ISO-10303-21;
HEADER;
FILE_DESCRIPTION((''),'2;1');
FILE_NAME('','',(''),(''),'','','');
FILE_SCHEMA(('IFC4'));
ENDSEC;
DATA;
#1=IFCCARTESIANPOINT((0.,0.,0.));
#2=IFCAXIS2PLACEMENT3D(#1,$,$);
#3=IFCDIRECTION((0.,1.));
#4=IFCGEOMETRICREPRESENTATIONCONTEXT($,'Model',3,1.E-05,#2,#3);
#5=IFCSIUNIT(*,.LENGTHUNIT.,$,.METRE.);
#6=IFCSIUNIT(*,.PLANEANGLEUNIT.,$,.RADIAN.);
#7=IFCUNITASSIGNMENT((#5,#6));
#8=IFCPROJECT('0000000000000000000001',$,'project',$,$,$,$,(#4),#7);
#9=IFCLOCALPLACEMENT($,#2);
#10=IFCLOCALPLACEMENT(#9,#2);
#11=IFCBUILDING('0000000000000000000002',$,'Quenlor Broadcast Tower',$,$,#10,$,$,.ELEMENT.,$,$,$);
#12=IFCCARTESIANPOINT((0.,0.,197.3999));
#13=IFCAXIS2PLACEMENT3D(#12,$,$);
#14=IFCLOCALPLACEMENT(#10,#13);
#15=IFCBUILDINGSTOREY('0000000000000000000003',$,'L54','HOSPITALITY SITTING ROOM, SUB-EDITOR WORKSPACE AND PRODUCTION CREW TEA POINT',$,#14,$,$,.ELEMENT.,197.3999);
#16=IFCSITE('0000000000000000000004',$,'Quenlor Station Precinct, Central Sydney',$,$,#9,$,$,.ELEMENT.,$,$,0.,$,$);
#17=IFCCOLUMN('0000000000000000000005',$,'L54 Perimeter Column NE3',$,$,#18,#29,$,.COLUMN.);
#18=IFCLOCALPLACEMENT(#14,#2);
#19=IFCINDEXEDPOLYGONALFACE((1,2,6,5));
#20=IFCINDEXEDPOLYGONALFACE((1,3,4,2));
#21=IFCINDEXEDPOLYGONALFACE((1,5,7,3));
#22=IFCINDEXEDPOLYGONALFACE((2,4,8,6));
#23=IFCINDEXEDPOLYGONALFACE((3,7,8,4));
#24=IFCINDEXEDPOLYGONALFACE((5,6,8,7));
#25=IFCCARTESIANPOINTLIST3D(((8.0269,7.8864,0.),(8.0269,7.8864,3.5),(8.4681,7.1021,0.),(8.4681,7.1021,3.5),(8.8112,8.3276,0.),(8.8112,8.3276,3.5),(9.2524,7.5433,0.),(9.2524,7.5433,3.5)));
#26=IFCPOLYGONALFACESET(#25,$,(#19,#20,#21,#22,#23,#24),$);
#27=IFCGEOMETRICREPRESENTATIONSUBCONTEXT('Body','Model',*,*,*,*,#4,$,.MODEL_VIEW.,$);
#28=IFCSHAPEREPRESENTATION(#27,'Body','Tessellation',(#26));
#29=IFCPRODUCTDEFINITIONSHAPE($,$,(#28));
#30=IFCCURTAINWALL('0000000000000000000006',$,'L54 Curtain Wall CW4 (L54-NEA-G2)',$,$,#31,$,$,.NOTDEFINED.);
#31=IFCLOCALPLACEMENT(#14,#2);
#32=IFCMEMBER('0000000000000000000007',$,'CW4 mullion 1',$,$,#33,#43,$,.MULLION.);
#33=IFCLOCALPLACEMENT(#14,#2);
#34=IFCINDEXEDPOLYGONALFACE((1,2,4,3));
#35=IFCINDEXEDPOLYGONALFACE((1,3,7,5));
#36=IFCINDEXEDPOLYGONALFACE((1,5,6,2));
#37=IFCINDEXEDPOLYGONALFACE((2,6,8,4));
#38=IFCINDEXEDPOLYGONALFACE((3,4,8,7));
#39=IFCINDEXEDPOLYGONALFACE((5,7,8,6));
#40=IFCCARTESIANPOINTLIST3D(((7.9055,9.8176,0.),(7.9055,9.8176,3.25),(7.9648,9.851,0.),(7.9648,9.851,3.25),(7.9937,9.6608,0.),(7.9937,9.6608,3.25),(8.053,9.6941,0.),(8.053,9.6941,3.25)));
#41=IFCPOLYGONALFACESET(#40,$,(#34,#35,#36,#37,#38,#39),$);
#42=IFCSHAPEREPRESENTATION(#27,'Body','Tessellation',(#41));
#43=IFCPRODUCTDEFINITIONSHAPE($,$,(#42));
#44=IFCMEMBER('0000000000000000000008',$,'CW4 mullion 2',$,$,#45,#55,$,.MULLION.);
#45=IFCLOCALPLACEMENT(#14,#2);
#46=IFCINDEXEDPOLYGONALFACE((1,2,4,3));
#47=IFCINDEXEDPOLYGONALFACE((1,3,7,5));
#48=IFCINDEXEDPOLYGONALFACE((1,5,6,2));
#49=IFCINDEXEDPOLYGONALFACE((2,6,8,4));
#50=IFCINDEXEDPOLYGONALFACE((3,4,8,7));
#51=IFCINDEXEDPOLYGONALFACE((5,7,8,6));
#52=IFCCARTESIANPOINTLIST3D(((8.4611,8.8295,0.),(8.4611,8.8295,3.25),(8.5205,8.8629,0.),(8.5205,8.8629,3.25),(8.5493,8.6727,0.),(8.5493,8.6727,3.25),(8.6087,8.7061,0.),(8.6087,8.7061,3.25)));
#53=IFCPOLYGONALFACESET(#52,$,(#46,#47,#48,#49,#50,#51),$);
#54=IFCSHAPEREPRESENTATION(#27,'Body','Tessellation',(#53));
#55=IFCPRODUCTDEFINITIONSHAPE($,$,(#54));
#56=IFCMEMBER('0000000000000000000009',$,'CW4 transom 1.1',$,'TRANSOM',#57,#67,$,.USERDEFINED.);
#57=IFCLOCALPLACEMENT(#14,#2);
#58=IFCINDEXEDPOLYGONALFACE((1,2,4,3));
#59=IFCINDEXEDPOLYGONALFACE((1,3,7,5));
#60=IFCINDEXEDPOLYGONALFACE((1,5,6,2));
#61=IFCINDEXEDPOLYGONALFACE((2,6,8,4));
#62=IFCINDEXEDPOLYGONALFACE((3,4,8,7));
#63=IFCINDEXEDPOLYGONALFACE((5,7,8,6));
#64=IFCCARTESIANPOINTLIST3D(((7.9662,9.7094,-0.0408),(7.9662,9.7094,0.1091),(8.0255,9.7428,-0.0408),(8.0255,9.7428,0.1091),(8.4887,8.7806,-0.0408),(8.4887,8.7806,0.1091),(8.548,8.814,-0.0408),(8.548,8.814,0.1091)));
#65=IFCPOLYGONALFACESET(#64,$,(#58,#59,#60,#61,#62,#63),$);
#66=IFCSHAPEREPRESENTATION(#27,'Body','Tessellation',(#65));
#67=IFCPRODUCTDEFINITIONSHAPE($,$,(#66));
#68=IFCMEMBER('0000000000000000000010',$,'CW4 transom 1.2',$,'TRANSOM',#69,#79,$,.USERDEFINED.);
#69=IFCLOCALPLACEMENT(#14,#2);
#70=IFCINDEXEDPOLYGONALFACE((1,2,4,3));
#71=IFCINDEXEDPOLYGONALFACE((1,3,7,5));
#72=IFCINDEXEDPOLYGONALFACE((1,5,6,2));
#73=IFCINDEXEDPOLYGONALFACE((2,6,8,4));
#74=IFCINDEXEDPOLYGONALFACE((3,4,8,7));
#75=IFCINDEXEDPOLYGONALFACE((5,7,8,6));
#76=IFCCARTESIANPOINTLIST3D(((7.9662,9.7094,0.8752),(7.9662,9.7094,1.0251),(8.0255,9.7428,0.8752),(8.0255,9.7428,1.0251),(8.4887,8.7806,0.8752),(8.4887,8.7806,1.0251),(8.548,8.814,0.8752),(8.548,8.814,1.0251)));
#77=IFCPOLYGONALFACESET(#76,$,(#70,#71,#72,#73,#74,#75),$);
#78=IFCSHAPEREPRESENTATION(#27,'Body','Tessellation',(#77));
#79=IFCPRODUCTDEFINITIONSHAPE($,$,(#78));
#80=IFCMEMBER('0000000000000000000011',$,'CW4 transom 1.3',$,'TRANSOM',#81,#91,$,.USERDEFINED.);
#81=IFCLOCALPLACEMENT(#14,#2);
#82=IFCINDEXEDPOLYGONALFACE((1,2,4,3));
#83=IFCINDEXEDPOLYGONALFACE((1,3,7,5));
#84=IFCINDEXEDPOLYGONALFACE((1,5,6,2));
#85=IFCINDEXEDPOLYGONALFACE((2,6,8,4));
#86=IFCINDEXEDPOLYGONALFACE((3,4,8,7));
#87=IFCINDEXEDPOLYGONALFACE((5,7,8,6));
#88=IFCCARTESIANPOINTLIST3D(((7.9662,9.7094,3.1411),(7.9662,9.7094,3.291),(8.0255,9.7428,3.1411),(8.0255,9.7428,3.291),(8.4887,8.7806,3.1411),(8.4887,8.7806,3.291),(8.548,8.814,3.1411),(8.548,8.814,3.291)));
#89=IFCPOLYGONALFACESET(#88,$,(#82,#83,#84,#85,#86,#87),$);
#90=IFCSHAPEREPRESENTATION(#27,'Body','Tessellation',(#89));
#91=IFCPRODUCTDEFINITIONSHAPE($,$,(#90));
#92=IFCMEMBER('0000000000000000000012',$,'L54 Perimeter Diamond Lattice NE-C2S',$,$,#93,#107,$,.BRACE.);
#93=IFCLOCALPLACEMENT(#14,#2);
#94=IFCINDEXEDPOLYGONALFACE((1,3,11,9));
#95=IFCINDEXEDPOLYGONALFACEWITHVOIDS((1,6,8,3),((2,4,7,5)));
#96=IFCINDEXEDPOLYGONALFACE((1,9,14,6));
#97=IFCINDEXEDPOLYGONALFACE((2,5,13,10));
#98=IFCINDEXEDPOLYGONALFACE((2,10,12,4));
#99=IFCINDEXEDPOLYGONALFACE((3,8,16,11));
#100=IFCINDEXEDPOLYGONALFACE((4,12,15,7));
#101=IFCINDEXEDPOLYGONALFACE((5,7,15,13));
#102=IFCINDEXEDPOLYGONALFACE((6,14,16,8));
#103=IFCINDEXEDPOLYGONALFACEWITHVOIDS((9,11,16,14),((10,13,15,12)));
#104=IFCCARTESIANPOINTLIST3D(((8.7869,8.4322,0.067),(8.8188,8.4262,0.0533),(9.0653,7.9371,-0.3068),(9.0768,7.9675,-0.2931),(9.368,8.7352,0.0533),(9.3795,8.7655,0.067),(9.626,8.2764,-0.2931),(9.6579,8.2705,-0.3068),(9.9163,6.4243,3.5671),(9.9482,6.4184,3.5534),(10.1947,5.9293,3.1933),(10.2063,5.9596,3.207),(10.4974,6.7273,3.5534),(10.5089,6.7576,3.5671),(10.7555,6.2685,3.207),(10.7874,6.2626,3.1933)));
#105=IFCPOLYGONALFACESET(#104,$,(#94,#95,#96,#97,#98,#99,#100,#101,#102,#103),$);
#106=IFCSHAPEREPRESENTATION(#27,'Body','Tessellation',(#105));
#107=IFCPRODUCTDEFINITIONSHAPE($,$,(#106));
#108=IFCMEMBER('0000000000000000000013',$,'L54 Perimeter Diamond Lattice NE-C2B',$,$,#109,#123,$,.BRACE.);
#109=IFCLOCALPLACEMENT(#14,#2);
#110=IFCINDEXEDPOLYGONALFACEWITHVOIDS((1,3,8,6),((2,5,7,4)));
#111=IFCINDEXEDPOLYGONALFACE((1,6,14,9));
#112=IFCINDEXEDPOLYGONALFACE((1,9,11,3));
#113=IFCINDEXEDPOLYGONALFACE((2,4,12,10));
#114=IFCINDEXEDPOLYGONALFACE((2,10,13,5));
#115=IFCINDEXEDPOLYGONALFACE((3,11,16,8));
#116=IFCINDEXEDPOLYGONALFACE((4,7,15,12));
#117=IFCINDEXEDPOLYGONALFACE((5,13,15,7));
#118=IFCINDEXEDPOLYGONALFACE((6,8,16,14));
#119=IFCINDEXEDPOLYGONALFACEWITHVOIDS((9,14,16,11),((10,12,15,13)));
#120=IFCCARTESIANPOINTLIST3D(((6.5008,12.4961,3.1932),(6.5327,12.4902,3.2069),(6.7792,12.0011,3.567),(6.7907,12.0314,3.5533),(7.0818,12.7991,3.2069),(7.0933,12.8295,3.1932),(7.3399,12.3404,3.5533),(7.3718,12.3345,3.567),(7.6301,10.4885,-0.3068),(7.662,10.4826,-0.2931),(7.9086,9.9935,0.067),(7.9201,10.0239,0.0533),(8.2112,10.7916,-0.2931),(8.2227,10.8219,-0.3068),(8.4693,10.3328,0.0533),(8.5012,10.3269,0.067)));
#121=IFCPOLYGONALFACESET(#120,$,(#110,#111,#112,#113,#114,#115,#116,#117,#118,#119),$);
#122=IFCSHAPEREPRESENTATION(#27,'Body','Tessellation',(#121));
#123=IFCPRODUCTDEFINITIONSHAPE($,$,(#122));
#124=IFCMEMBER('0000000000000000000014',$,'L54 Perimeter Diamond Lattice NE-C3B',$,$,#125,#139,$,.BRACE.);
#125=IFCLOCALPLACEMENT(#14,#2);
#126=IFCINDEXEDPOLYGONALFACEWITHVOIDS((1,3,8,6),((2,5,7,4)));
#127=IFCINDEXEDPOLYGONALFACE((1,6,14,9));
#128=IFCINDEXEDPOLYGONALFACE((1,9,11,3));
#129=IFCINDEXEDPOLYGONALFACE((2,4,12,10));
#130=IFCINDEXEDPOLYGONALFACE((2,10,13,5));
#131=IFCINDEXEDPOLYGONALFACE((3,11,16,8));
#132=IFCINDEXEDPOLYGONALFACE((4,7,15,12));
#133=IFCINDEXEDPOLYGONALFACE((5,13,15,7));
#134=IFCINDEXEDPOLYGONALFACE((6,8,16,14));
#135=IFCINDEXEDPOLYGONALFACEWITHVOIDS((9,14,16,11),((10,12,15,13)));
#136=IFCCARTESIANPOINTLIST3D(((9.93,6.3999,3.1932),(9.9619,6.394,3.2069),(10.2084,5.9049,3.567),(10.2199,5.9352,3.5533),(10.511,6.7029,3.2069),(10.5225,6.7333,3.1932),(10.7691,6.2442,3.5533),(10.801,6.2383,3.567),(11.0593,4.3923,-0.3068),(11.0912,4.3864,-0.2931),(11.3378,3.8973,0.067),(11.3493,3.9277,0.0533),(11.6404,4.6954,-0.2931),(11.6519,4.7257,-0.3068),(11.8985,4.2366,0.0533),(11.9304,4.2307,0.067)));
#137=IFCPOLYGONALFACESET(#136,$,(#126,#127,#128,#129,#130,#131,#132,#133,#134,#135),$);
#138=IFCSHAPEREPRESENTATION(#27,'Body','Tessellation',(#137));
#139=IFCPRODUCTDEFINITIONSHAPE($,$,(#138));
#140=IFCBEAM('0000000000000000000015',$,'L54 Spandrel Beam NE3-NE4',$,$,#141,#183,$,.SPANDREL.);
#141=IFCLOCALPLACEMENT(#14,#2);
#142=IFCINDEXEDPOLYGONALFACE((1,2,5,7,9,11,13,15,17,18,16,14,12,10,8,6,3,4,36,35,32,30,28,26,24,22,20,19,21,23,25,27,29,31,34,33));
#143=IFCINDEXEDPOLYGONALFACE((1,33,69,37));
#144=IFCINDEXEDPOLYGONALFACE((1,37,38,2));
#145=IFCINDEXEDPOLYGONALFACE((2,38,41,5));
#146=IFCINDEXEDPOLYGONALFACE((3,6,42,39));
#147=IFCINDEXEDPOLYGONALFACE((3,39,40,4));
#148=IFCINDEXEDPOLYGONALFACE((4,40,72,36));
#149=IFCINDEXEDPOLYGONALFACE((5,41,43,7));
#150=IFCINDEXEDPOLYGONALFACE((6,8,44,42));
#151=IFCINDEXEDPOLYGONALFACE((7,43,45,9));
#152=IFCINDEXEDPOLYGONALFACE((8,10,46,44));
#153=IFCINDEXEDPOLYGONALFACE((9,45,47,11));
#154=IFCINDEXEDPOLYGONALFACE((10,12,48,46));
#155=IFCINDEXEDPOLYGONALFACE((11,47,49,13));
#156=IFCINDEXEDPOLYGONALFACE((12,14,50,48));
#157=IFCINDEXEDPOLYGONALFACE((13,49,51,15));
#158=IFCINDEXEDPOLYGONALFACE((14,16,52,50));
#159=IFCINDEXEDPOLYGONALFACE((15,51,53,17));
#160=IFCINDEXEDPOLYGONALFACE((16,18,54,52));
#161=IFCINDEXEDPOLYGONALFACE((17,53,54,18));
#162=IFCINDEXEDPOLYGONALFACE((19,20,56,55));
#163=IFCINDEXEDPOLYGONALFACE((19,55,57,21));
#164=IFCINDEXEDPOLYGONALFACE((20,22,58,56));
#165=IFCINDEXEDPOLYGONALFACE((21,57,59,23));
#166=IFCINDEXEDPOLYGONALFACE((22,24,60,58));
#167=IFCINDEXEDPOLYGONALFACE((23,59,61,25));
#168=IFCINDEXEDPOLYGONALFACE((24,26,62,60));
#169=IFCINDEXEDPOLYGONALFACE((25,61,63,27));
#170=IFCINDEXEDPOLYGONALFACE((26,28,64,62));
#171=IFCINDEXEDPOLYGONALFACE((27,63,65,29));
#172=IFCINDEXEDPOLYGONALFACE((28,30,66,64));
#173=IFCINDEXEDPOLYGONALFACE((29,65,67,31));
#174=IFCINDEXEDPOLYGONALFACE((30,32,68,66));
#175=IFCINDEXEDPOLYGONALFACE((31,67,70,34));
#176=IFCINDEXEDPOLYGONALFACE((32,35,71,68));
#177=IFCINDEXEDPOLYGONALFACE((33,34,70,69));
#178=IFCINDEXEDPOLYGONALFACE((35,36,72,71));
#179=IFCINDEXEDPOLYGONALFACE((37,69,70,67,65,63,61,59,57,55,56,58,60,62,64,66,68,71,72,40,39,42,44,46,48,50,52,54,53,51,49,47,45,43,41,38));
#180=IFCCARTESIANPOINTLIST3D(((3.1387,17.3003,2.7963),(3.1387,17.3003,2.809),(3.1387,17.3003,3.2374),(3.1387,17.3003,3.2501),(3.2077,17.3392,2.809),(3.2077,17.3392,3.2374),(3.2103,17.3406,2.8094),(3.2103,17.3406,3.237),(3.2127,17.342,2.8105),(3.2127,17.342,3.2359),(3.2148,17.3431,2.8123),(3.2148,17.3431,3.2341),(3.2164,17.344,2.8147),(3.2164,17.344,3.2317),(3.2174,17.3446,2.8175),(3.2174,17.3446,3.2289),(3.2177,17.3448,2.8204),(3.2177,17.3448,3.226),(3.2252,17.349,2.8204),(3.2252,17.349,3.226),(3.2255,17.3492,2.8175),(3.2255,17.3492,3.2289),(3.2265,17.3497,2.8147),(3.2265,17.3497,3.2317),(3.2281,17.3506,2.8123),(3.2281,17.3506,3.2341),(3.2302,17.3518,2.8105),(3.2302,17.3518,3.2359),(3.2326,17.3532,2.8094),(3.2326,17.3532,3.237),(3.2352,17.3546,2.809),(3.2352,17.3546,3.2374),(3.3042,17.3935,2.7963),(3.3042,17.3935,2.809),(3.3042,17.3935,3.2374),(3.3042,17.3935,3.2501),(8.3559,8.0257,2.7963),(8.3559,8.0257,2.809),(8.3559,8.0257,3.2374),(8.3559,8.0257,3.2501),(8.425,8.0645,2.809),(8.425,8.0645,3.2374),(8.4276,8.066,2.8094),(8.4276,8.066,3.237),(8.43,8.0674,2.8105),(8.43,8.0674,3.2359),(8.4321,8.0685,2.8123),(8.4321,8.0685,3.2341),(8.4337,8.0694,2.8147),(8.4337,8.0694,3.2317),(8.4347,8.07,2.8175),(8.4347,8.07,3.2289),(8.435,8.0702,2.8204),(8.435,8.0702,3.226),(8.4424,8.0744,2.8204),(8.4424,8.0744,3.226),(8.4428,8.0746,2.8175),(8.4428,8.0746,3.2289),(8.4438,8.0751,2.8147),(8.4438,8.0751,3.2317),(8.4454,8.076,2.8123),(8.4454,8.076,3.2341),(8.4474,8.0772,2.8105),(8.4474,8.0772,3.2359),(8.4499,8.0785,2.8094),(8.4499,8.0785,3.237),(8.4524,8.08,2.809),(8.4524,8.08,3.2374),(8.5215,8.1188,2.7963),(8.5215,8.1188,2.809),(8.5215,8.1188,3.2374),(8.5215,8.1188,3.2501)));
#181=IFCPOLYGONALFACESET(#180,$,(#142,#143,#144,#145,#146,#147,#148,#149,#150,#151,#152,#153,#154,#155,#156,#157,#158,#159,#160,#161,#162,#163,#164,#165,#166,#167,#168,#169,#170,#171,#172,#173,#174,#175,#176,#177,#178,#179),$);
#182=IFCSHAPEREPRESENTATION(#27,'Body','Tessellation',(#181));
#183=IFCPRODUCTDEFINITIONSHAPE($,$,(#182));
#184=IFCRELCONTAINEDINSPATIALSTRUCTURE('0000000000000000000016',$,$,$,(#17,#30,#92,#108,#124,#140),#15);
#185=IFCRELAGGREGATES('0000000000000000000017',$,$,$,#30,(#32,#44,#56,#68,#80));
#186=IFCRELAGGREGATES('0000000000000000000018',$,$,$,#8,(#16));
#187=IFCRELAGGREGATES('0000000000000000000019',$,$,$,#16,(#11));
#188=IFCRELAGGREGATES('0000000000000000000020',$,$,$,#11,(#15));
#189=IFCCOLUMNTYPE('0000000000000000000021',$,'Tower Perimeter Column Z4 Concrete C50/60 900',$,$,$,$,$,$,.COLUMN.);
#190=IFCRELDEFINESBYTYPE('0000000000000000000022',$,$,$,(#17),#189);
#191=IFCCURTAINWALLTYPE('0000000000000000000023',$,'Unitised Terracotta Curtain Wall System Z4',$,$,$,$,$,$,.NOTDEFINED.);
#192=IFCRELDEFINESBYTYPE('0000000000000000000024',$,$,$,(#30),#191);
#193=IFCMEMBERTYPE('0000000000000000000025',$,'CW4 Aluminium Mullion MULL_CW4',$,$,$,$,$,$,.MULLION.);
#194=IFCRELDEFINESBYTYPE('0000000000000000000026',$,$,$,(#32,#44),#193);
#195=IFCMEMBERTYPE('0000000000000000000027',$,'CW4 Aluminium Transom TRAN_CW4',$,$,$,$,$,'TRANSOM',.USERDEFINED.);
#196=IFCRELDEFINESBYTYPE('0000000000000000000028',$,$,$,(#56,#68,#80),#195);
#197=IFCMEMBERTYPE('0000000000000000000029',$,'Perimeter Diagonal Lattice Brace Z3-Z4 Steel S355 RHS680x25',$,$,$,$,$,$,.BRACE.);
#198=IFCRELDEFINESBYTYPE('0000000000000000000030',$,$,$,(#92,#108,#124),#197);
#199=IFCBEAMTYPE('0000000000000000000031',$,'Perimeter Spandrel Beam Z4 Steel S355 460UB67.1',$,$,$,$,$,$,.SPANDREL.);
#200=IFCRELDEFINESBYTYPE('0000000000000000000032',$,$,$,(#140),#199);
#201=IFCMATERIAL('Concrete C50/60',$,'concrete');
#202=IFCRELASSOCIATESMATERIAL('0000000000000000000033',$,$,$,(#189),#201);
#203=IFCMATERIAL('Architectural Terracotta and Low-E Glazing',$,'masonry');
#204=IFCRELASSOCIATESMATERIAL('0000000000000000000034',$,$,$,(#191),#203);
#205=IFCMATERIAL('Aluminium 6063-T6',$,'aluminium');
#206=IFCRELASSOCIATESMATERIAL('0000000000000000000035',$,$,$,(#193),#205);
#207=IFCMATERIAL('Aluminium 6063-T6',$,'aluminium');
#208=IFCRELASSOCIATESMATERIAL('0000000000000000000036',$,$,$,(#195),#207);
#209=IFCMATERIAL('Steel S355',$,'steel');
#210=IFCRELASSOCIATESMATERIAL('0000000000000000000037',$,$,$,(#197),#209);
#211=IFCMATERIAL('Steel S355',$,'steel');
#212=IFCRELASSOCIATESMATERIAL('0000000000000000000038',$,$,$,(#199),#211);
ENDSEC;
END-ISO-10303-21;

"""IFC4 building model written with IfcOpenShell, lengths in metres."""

from ifc_helpers import new_model, si_unit, direction, frame, origin, origin_2d, place, context, subcontext, project, spatial, rectangle, hollow_rectangle, i_section, extrude, material, material_profile, profile_set, type_object, element, aggregate, save


model = new_model("IFC4")

# Units and contexts
model_context = context("Model", 3, precision=1e-05, world=origin(), true_north=direction((0.0, 1.0)))
body_context = subcontext(model_context, "Body", "Model", "MODEL_VIEW")
ifc_project = project(units=[si_unit("LENGTHUNIT", "METRE"), si_unit("PLANEANGLEUNIT", "RADIAN")], contexts=[model_context])

# Site, building, storey
site_placement = place(None, origin())
site = spatial("IfcSite", under=ifc_project, at=site_placement, Name="Quenlor Station Precinct, Central Sydney", CompositionType="ELEMENT", RefElevation=0.0)
building_placement = place(site_placement, origin())
building = spatial("IfcBuilding", under=site, at=building_placement, Name="Quenlor Broadcast Tower", CompositionType="ELEMENT")
storey_placement = place(building_placement, frame((0.0, 0.0, 197.3999)))
storey = spatial("IfcBuildingStorey", under=building, at=storey_placement, Name="L54", Description="HOSPITALITY SITTING ROOM, SUB-EDITOR WORKSPACE AND PRODUCTION CREW TEA POINT", CompositionType="ELEMENT", Elevation=197.3999)

# Column
ifc_material_1 = material(Name="Concrete C50/60", Category="concrete")
ifc_material_profile_1 = material_profile(ifc_material_1, rectangle(XDim=0.8999, YDim=0.8999, at=origin_2d()))
ifc_profile_set_1 = profile_set([ifc_material_profile_1], Name="Concrete C50/60 RC900x900")
column_type = type_object("IfcColumnType", Name="Tower Perimeter Column Z4 Concrete C50/60 900", PredefinedType="COLUMN", material=ifc_profile_set_1)
column_placement = place(storey_placement, frame((8.6396, 7.7148, 0.0), z_axis=(0.0, 0.0, 1.0), x_axis=(0.871575, 0.490262, 0.0)))
element("IfcColumn", 1, at=column_placement, inside=storey, type_object=column_type, Name="L54 Perimeter Column NE3", PredefinedType="COLUMN", context=body_context, shape_type="SweptSolid", body=[
    extrude(rectangle(XDim=0.8999, YDim=0.8999, at=origin_2d()), origin(), (0.0, 0.0, 1.0), 3.5),
])

# Curtain wall, members
ifc_material_2 = material(Name="Architectural Terracotta and Low-E Glazing", Category="masonry")
curtain_wall_type = type_object("IfcCurtainWallType", Name="Unitised Terracotta Curtain Wall System Z4", PredefinedType="NOTDEFINED", material=ifc_material_2)
curtain_wall_placement = place(storey_placement, origin())
curtain_wall = element("IfcCurtainWall", 2, at=curtain_wall_placement, inside=storey, type_object=curtain_wall_type, Name="L54 Curtain Wall CW4 (L54-NEA-G2)", PredefinedType="NOTDEFINED")
ifc_material_3 = material(Name="Aluminium 6063-T6", Category="aluminium")
ifc_material_profile_2 = material_profile(ifc_material_3, rectangle(XDim=0.0681, YDim=0.1799, at=origin_2d()))
ifc_profile_set_2 = profile_set([ifc_material_profile_2], Name="Aluminium 6063-T6 MULL68x180")
member_type_1 = type_object("IfcMemberType", Name="CW4 Aluminium Mullion MULL_CW4", PredefinedType="MULLION", material=ifc_profile_set_2)
member_1_placement = place(storey_placement, frame((7.9792, 9.7559, 0.0), z_axis=(0.0, 0.0, 1.0), x_axis=(0.871558, 0.490293, 0.0)))
member_1 = element("IfcMember", 3, at=member_1_placement, type_object=member_type_1, Name="CW4 mullion 1", PredefinedType="MULLION", context=body_context, shape_type="SweptSolid", body=[
    extrude(rectangle(XDim=0.0681, YDim=0.1799, at=origin_2d()), origin(), (0.0, 0.0, 1.0), 3.25),
])
member_2_placement = place(storey_placement, frame((8.5349, 8.7678, 0.0), z_axis=(0.0, 0.0, 1.0), x_axis=(0.871558, 0.490293, 0.0)))
member_2 = element("IfcMember", 4, at=member_2_placement, type_object=member_type_1, Name="CW4 mullion 2", PredefinedType="MULLION", context=body_context, shape_type="SweptSolid", body=[
    extrude(rectangle(XDim=0.0681, YDim=0.1799, at=origin_2d()), origin(), (0.0, 0.0, 1.0), 3.25),
])
ifc_material_4 = material(Name="Aluminium 6063-T6", Category="aluminium")
ifc_material_profile_3 = material_profile(ifc_material_4, rectangle(XDim=0.0681, YDim=0.1499, at=origin_2d()))
ifc_profile_set_3 = profile_set([ifc_material_profile_3], Name="Aluminium 6063-T6 TRAN68x150")
member_type_2 = type_object("IfcMemberType", Name="CW4 Aluminium Transom TRAN_CW4", ElementType="TRANSOM", PredefinedType="USERDEFINED", material=ifc_profile_set_3)
member_3_placement = place(storey_placement, frame((7.9958, 9.7261, 0.0342), z_axis=(0.490305, -0.871551, 0.0), x_axis=(0.871551, 0.490305, 0.0)))
member_3 = element("IfcMember", 5, at=member_3_placement, type_object=member_type_2, Name="CW4 transom 1.1", ObjectType="TRANSOM", PredefinedType="USERDEFINED", context=body_context, shape_type="SweptSolid", body=[
    extrude(rectangle(XDim=0.0681, YDim=0.1499, at=origin_2d()), origin(), (0.0, 0.0, 1.0), 1.0657),
])
member_4_placement = place(storey_placement, frame((7.9958, 9.7261, 0.9502), z_axis=(0.490305, -0.871551, 0.0), x_axis=(0.871551, 0.490305, 0.0)))
member_4 = element("IfcMember", 6, at=member_4_placement, type_object=member_type_2, Name="CW4 transom 1.2", ObjectType="TRANSOM", PredefinedType="USERDEFINED", context=body_context, shape_type="SweptSolid", body=[
    extrude(rectangle(XDim=0.0681, YDim=0.1499, at=origin_2d()), origin(), (0.0, 0.0, 1.0), 1.0657),
])
member_5_placement = place(storey_placement, frame((7.9958, 9.7261, 3.2161), z_axis=(0.490305, -0.871551, 0.0), x_axis=(0.871551, 0.490305, 0.0)))
member_5 = element("IfcMember", 7, at=member_5_placement, type_object=member_type_2, Name="CW4 transom 1.3", ObjectType="TRANSOM", PredefinedType="USERDEFINED", context=body_context, shape_type="SweptSolid", body=[
    extrude(rectangle(XDim=0.0681, YDim=0.1499, at=origin_2d()), origin(), (0.0, 0.0, 1.0), 1.0657),
])

# Members
ifc_material_5 = material(Name="Steel S355", Category="steel")
ifc_material_profile_4 = material_profile(ifc_material_5, hollow_rectangle(XDim=0.6799, YDim=0.6799, WallThickness=0.0249, at=origin_2d()))
ifc_profile_set_4 = profile_set([ifc_material_profile_4], Name="Steel S355 RHS680x680x25")
member_type_3 = type_object("IfcMemberType", Name="Perimeter Diagonal Lattice Brace Z3-Z4 Steel S355 RHS680x25", PredefinedType="BRACE", material=ifc_profile_set_4)
member_6_placement = place(storey_placement, frame((9.2224, 8.3513, -0.1199), z_axis=(0.26954, -0.479181, 0.835305), x_axis=(0.871576, 0.490261, 0.0)))
element("IfcMember", 8, at=member_6_placement, inside=storey, type_object=member_type_3, Name="L54 Perimeter Diamond Lattice NE-C2S", PredefinedType="BRACE", context=body_context, shape_type="SweptSolid", body=[
    extrude(hollow_rectangle(XDim=0.6799, YDim=0.6799, WallThickness=0.0249, at=origin_2d()), origin(), (0.0, 0.0, 1.0), 4.1902),
])
for number, where, z_axis, x_axis, name in (
    (9, (8.0657, 10.4077, -0.1199), (-0.269547, 0.479136, 0.835328), (-0.87155, -0.490307, 0.0), "L54 Perimeter Diamond Lattice NE-C2B"),
    (10, (11.4949, 4.3115, -0.1199), (-0.269547, 0.479136, 0.835328), (-0.87155, -0.490307, 0.0), "L54 Perimeter Diamond Lattice NE-C3B"),
):
    element("IfcMember", number, at=place(storey_placement, frame(where, z_axis=z_axis, x_axis=x_axis)), inside=storey, type_object=member_type_3, Name=name, PredefinedType="BRACE", context=body_context, shape_type="SweptSolid", body=[
        extrude(hollow_rectangle(XDim=0.6799, YDim=0.6799, WallThickness=0.0249, at=origin_2d()), origin(), (0.0, 0.0, 1.0), 4.1899),
    ])

# Beam
ifc_material_6 = material(Name="Steel S355", Category="steel")
ifc_material_profile_5 = material_profile(ifc_material_6, i_section(OverallWidth=0.1899, OverallDepth=0.4539, WebThickness=0.0085, FlangeThickness=0.0127, FilletRadius=0.0115, at=origin_2d()))
ifc_profile_set_5 = profile_set([ifc_material_profile_5], Name="Steel S355 460UB67.1")
beam_type_1 = type_object("IfcBeamType", Name="Perimeter Spandrel Beam Z4 Steel S355 460UB67.1", PredefinedType="SPANDREL", material=ifc_profile_set_5)
beam_1_placement = place(storey_placement, frame((8.4387, 8.0723, 3.0232), z_axis=(-0.490282, 0.871564, 0.0), x_axis=(-0.871564, -0.490282, 0.0)))
element("IfcBeam", 11, at=beam_1_placement, inside=storey, type_object=beam_type_1, Name="L54 Spandrel Beam NE3-NE4", PredefinedType="SPANDREL", context=body_context, shape_type="SweptSolid", body=[
    extrude(i_section(OverallWidth=0.1899, OverallDepth=0.4539, WebThickness=0.0085, FlangeThickness=0.0127, FilletRadius=0.0115, at=origin_2d()), origin(), (0.0, 0.0, 1.0), 10.6414),
])

aggregate(curtain_wall, [member_1, member_2, member_3, member_4, member_5])

save(model, "model.ifc")
